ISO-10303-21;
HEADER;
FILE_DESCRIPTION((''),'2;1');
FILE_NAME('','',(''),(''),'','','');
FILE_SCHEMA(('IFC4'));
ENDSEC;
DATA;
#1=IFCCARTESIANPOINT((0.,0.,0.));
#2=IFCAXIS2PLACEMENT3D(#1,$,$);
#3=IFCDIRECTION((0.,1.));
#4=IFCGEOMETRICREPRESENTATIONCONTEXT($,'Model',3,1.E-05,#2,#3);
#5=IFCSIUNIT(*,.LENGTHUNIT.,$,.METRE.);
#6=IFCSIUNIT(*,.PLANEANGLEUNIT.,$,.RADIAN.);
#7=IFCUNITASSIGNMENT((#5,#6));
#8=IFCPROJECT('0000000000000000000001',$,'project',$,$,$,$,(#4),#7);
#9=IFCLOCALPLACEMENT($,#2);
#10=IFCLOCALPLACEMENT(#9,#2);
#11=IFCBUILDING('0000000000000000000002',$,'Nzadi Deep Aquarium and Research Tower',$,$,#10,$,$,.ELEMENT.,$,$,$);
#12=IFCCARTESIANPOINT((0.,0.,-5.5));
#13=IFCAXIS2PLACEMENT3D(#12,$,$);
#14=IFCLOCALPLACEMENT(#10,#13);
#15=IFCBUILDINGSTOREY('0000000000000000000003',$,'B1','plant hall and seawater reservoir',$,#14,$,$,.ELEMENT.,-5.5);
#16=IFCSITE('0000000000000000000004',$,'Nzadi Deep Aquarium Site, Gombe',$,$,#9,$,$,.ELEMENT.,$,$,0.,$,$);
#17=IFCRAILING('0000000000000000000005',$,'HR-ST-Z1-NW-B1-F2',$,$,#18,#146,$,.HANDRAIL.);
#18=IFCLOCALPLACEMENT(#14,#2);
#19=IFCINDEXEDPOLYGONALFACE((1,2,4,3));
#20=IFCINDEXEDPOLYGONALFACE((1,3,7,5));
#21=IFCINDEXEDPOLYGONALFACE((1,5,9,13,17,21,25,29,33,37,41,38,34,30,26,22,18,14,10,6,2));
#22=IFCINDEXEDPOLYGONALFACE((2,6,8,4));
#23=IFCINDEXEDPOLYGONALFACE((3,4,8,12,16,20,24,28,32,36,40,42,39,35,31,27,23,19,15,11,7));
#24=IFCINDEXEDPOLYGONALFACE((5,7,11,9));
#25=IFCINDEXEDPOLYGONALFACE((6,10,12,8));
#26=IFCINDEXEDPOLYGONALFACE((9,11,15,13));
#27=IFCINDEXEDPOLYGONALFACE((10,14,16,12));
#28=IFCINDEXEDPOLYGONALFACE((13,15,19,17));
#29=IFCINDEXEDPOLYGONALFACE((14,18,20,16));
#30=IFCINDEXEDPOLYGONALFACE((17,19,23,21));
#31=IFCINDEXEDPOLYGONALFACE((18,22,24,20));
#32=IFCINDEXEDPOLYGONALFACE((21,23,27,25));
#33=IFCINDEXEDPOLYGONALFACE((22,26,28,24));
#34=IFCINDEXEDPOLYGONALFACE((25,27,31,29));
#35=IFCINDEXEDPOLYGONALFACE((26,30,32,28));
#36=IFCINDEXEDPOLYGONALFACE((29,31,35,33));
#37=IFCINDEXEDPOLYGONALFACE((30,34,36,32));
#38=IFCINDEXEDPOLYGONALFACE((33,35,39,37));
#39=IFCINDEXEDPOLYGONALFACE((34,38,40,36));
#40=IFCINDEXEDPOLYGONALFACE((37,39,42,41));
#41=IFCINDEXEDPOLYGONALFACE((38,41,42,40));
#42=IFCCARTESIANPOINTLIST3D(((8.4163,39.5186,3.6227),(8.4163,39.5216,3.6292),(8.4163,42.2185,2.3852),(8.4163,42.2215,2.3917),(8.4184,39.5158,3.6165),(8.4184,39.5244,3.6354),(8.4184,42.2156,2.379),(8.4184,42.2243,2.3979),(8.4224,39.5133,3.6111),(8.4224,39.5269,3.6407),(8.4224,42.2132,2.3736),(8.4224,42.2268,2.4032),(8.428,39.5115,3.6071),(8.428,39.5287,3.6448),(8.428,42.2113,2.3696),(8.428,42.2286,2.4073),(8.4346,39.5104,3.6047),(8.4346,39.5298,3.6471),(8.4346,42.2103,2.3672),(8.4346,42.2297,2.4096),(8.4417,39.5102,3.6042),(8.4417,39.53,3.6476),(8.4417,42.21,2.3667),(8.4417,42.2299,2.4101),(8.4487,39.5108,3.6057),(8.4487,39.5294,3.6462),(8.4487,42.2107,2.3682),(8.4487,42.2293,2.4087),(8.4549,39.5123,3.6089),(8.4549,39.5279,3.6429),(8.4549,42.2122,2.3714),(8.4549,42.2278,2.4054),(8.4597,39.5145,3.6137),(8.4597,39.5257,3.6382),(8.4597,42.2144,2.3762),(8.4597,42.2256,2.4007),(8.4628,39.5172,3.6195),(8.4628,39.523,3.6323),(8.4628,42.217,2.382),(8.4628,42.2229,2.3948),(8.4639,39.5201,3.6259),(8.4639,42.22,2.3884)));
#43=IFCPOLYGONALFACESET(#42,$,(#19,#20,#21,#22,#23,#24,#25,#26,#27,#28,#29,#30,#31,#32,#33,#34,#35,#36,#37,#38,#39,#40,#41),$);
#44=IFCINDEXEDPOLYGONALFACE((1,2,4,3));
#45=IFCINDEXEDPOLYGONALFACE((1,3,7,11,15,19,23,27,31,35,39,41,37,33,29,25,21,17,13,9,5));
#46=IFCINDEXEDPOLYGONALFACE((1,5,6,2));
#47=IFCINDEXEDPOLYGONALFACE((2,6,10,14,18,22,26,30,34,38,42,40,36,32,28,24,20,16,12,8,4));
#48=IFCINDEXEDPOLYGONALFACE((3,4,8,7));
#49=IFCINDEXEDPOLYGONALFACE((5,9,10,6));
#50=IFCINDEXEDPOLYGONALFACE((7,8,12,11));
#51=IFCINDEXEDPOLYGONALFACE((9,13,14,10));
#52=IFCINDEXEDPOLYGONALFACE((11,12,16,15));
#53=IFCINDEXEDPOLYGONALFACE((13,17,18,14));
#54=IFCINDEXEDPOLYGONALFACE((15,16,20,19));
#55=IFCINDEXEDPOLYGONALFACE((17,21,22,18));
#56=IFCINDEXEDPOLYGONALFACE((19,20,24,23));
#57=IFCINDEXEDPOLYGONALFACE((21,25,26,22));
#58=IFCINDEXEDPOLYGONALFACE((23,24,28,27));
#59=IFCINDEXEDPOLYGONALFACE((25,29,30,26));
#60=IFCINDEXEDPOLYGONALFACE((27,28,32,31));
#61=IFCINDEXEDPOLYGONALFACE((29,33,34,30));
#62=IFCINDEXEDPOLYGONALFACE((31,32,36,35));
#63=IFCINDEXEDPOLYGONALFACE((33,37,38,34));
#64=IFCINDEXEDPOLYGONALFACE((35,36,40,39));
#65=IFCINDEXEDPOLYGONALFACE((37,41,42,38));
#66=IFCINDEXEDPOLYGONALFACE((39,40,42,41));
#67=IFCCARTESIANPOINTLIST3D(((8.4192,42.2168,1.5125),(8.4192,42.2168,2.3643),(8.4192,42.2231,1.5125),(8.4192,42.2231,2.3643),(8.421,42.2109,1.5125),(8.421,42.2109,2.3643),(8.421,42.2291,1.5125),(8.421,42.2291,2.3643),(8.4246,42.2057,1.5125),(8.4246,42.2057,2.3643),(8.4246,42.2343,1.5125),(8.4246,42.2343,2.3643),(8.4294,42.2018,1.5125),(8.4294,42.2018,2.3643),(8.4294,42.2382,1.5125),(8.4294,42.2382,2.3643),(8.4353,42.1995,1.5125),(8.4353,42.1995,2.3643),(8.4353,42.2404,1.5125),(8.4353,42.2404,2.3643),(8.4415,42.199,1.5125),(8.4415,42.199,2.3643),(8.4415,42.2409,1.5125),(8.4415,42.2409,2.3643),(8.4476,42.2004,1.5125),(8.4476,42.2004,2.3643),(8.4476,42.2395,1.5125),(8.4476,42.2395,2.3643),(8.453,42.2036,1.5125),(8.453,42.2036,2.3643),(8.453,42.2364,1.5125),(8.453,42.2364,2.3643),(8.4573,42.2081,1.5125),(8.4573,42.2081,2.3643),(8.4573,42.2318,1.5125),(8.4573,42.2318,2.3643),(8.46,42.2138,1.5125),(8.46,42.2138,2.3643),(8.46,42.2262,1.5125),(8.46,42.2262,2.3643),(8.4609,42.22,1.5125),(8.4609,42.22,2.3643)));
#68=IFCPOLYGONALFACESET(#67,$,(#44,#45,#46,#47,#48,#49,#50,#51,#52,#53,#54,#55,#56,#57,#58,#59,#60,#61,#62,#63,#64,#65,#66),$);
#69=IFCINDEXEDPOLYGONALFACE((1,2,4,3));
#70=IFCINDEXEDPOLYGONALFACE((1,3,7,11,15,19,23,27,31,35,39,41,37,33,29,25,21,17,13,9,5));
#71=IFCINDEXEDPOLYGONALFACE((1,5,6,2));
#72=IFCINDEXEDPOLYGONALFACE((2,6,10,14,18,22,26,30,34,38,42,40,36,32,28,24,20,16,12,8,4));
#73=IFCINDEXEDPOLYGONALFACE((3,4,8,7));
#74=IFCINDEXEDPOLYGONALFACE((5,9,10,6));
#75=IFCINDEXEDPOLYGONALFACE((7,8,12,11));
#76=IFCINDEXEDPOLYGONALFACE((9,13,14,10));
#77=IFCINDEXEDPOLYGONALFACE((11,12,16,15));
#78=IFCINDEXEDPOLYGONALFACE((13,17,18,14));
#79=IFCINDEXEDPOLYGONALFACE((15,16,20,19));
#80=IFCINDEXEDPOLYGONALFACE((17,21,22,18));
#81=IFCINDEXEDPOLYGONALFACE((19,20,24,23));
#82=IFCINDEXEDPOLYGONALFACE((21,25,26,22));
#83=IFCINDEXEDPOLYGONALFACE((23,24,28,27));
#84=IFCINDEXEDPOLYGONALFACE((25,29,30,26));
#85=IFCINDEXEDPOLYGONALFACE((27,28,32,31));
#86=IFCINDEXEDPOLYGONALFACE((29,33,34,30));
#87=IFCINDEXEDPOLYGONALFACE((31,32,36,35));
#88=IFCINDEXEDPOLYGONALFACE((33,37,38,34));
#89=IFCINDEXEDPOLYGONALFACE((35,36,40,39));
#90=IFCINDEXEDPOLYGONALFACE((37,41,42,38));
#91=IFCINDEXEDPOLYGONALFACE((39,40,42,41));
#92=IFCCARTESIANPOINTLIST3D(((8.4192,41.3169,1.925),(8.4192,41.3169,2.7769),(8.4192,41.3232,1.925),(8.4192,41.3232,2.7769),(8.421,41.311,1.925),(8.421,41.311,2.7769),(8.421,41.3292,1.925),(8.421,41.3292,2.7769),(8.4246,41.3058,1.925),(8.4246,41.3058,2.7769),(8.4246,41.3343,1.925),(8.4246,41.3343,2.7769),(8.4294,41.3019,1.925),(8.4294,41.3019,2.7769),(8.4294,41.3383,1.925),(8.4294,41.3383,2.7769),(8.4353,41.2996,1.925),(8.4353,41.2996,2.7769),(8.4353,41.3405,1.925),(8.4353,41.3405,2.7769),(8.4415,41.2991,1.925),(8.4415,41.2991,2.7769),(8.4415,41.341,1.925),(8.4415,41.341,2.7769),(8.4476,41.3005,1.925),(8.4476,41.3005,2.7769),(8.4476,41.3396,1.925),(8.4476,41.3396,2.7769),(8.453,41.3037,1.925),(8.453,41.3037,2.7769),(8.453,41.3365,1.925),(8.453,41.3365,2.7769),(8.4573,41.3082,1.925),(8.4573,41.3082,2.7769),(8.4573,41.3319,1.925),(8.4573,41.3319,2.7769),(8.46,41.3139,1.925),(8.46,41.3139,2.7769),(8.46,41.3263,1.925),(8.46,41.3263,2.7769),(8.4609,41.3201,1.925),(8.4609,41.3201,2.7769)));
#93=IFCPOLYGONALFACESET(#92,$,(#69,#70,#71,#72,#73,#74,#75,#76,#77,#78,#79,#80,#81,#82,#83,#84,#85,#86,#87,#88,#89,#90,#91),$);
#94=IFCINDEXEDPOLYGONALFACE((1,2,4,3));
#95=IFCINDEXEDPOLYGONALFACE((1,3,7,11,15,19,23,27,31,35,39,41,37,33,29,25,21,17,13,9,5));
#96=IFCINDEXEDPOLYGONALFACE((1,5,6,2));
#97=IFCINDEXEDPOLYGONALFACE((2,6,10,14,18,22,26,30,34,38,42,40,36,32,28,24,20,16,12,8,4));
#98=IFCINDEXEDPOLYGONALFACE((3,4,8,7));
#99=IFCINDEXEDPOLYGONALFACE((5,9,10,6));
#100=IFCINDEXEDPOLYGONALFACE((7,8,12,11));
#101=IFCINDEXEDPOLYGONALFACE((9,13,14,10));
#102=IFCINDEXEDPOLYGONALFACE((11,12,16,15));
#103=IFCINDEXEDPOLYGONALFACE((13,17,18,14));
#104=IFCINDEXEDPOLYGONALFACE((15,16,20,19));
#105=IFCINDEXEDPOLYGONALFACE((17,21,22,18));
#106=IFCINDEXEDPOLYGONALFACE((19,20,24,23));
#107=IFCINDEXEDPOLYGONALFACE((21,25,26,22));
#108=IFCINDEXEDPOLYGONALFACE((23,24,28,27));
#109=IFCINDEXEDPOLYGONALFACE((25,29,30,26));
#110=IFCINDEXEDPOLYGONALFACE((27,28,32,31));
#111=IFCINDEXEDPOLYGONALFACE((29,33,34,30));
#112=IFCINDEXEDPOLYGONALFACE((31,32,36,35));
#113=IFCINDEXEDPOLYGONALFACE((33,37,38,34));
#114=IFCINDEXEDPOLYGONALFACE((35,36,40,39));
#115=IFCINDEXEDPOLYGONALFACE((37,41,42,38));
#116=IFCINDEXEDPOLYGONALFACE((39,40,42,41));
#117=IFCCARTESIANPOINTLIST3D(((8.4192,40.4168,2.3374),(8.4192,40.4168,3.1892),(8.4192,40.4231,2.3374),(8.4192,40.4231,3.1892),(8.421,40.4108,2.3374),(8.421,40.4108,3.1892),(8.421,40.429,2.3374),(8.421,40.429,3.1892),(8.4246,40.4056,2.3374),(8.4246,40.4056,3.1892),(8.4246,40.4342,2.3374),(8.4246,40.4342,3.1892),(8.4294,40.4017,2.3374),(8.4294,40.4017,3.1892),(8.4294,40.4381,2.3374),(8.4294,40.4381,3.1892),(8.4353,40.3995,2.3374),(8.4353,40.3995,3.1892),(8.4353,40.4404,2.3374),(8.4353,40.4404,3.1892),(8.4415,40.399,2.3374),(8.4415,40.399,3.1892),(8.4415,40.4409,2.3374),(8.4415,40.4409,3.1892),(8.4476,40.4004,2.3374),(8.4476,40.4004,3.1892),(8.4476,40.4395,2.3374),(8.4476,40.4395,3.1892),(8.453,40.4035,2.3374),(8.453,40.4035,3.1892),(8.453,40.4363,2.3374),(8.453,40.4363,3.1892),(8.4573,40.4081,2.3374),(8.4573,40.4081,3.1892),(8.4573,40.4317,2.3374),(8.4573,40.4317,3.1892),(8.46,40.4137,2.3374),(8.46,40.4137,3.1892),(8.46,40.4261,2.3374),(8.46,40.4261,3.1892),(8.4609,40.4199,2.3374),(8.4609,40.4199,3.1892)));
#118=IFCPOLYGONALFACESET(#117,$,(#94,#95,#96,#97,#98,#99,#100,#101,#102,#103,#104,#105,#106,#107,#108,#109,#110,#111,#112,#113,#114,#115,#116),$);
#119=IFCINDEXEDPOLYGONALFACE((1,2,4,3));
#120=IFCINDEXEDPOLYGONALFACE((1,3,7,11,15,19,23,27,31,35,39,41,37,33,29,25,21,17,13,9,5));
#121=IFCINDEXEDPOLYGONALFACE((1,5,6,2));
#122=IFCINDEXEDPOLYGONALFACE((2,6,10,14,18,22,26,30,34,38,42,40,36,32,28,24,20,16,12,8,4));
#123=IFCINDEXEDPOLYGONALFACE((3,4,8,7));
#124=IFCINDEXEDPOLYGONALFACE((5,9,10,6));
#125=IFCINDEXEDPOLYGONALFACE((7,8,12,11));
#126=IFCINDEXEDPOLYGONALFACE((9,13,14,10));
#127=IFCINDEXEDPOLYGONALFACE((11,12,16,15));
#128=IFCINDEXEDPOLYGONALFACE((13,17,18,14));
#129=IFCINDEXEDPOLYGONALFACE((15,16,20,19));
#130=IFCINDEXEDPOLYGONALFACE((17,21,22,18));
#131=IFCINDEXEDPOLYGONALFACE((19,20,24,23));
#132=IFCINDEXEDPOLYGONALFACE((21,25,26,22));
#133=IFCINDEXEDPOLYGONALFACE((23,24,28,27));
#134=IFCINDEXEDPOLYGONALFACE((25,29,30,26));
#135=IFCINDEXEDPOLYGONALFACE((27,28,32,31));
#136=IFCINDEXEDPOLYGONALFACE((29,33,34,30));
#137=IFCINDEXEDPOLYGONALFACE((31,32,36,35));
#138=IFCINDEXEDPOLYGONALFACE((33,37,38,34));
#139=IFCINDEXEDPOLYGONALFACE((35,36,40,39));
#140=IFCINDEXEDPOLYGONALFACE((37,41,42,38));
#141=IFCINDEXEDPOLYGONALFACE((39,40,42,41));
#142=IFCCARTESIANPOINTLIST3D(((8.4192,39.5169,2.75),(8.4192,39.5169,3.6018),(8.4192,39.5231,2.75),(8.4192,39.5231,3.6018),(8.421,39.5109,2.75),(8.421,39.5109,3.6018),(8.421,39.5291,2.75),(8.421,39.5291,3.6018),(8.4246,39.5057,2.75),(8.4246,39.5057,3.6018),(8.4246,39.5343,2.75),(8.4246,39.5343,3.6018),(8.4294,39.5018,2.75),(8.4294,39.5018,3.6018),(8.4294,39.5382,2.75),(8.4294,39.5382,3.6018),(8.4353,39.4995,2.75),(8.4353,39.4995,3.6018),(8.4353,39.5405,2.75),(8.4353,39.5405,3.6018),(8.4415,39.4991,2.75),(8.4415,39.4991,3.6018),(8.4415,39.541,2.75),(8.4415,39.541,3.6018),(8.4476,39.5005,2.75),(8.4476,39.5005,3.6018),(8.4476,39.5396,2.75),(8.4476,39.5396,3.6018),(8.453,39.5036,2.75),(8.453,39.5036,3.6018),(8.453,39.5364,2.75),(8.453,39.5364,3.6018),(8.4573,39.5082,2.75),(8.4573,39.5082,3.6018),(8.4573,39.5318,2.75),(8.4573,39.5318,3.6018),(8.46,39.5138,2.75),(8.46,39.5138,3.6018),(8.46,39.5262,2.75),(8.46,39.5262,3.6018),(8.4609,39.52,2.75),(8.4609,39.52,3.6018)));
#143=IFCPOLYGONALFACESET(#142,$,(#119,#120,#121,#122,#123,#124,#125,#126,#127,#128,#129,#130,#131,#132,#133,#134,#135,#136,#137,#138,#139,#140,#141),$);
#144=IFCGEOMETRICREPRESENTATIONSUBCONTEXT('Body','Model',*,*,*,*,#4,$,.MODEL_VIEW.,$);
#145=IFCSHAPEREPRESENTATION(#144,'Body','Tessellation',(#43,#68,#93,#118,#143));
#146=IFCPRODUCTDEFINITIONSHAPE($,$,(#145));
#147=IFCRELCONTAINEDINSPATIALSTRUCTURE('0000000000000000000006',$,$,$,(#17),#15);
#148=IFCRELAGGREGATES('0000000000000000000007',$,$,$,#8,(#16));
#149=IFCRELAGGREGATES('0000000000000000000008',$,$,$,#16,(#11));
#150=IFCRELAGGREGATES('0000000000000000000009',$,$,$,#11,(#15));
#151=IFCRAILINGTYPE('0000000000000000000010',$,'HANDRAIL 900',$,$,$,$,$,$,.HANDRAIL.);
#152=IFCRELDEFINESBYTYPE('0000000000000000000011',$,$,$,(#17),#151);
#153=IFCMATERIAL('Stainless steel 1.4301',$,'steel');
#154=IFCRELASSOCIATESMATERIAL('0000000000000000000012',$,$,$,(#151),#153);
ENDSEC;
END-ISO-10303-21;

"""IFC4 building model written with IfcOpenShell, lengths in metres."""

from ifc_helpers import new_model, si_unit, direction, frame, origin, origin_2d, place, context, subcontext, project, spatial, circle, extrude, material, type_object, element, save


model = new_model("IFC4")

# Units and contexts
model_context = context("Model", 3, precision=1e-05, world=origin(), true_north=direction((0.0, 1.0)))
body_context = subcontext(model_context, "Body", "Model", "MODEL_VIEW")
ifc_project = project(units=[si_unit("LENGTHUNIT", "METRE"), si_unit("PLANEANGLEUNIT", "RADIAN")], contexts=[model_context])

# Site, building, storey
site_placement = place(None, origin())
site = spatial("IfcSite", under=ifc_project, at=site_placement, Name="Nzadi Deep Aquarium Site, Gombe", CompositionType="ELEMENT", RefElevation=0.0)
building_placement = place(site_placement, origin())
building = spatial("IfcBuilding", under=site, at=building_placement, Name="Nzadi Deep Aquarium and Research Tower", CompositionType="ELEMENT")
storey_placement = place(building_placement, frame((0.0, 0.0, -5.5)))
storey = spatial("IfcBuildingStorey", under=building, at=storey_placement, Name="B1", Description="plant hall and seawater reservoir", CompositionType="ELEMENT", Elevation=-5.5)

# Railing
ifc_material_1 = material(Name="Stainless steel 1.4301", Category="steel")
railing_type = type_object("IfcRailingType", Name="HANDRAIL 900", PredefinedType="HANDRAIL", material=ifc_material_1)
for number, where, name in (
    (1, (8.4399, 42.22, 1.5125), "HR-ST-Z1-NW-B1-F2"),
):
    element("IfcRailing", number, at=place(storey_placement, frame(where)), inside=storey, type_object=railing_type, Name=name, PredefinedType="HANDRAIL", context=body_context, shape_type="SweptSolid", body=[
        extrude(circle(Radius=0.0239, at=origin_2d()), frame((0.0, 0.0, 0.876), z_axis=(0.0, -0.909056, 0.416675), x_axis=(1.0, 0.0, 0.0)), (0.0, 0.0, 1.0), 2.97),
        extrude(circle(Radius=0.021, at=origin_2d()), origin(), (0.0, 0.0, 1.0), 0.8518),
        extrude(circle(Radius=0.021, at=origin_2d()), frame((0.0, -0.8999, 0.4126)), (0.0, 0.0, 1.0), 0.8518),
        extrude(circle(Radius=0.021, at=origin_2d()), frame((0.0, -1.8, 0.825)), (0.0, 0.0, 1.0), 0.8518),
        extrude(circle(Radius=0.021, at=origin_2d()), frame((0.0, -2.7, 1.2375)), (0.0, 0.0, 1.0), 0.8518),
    ])

save(model, "model.ifc")
